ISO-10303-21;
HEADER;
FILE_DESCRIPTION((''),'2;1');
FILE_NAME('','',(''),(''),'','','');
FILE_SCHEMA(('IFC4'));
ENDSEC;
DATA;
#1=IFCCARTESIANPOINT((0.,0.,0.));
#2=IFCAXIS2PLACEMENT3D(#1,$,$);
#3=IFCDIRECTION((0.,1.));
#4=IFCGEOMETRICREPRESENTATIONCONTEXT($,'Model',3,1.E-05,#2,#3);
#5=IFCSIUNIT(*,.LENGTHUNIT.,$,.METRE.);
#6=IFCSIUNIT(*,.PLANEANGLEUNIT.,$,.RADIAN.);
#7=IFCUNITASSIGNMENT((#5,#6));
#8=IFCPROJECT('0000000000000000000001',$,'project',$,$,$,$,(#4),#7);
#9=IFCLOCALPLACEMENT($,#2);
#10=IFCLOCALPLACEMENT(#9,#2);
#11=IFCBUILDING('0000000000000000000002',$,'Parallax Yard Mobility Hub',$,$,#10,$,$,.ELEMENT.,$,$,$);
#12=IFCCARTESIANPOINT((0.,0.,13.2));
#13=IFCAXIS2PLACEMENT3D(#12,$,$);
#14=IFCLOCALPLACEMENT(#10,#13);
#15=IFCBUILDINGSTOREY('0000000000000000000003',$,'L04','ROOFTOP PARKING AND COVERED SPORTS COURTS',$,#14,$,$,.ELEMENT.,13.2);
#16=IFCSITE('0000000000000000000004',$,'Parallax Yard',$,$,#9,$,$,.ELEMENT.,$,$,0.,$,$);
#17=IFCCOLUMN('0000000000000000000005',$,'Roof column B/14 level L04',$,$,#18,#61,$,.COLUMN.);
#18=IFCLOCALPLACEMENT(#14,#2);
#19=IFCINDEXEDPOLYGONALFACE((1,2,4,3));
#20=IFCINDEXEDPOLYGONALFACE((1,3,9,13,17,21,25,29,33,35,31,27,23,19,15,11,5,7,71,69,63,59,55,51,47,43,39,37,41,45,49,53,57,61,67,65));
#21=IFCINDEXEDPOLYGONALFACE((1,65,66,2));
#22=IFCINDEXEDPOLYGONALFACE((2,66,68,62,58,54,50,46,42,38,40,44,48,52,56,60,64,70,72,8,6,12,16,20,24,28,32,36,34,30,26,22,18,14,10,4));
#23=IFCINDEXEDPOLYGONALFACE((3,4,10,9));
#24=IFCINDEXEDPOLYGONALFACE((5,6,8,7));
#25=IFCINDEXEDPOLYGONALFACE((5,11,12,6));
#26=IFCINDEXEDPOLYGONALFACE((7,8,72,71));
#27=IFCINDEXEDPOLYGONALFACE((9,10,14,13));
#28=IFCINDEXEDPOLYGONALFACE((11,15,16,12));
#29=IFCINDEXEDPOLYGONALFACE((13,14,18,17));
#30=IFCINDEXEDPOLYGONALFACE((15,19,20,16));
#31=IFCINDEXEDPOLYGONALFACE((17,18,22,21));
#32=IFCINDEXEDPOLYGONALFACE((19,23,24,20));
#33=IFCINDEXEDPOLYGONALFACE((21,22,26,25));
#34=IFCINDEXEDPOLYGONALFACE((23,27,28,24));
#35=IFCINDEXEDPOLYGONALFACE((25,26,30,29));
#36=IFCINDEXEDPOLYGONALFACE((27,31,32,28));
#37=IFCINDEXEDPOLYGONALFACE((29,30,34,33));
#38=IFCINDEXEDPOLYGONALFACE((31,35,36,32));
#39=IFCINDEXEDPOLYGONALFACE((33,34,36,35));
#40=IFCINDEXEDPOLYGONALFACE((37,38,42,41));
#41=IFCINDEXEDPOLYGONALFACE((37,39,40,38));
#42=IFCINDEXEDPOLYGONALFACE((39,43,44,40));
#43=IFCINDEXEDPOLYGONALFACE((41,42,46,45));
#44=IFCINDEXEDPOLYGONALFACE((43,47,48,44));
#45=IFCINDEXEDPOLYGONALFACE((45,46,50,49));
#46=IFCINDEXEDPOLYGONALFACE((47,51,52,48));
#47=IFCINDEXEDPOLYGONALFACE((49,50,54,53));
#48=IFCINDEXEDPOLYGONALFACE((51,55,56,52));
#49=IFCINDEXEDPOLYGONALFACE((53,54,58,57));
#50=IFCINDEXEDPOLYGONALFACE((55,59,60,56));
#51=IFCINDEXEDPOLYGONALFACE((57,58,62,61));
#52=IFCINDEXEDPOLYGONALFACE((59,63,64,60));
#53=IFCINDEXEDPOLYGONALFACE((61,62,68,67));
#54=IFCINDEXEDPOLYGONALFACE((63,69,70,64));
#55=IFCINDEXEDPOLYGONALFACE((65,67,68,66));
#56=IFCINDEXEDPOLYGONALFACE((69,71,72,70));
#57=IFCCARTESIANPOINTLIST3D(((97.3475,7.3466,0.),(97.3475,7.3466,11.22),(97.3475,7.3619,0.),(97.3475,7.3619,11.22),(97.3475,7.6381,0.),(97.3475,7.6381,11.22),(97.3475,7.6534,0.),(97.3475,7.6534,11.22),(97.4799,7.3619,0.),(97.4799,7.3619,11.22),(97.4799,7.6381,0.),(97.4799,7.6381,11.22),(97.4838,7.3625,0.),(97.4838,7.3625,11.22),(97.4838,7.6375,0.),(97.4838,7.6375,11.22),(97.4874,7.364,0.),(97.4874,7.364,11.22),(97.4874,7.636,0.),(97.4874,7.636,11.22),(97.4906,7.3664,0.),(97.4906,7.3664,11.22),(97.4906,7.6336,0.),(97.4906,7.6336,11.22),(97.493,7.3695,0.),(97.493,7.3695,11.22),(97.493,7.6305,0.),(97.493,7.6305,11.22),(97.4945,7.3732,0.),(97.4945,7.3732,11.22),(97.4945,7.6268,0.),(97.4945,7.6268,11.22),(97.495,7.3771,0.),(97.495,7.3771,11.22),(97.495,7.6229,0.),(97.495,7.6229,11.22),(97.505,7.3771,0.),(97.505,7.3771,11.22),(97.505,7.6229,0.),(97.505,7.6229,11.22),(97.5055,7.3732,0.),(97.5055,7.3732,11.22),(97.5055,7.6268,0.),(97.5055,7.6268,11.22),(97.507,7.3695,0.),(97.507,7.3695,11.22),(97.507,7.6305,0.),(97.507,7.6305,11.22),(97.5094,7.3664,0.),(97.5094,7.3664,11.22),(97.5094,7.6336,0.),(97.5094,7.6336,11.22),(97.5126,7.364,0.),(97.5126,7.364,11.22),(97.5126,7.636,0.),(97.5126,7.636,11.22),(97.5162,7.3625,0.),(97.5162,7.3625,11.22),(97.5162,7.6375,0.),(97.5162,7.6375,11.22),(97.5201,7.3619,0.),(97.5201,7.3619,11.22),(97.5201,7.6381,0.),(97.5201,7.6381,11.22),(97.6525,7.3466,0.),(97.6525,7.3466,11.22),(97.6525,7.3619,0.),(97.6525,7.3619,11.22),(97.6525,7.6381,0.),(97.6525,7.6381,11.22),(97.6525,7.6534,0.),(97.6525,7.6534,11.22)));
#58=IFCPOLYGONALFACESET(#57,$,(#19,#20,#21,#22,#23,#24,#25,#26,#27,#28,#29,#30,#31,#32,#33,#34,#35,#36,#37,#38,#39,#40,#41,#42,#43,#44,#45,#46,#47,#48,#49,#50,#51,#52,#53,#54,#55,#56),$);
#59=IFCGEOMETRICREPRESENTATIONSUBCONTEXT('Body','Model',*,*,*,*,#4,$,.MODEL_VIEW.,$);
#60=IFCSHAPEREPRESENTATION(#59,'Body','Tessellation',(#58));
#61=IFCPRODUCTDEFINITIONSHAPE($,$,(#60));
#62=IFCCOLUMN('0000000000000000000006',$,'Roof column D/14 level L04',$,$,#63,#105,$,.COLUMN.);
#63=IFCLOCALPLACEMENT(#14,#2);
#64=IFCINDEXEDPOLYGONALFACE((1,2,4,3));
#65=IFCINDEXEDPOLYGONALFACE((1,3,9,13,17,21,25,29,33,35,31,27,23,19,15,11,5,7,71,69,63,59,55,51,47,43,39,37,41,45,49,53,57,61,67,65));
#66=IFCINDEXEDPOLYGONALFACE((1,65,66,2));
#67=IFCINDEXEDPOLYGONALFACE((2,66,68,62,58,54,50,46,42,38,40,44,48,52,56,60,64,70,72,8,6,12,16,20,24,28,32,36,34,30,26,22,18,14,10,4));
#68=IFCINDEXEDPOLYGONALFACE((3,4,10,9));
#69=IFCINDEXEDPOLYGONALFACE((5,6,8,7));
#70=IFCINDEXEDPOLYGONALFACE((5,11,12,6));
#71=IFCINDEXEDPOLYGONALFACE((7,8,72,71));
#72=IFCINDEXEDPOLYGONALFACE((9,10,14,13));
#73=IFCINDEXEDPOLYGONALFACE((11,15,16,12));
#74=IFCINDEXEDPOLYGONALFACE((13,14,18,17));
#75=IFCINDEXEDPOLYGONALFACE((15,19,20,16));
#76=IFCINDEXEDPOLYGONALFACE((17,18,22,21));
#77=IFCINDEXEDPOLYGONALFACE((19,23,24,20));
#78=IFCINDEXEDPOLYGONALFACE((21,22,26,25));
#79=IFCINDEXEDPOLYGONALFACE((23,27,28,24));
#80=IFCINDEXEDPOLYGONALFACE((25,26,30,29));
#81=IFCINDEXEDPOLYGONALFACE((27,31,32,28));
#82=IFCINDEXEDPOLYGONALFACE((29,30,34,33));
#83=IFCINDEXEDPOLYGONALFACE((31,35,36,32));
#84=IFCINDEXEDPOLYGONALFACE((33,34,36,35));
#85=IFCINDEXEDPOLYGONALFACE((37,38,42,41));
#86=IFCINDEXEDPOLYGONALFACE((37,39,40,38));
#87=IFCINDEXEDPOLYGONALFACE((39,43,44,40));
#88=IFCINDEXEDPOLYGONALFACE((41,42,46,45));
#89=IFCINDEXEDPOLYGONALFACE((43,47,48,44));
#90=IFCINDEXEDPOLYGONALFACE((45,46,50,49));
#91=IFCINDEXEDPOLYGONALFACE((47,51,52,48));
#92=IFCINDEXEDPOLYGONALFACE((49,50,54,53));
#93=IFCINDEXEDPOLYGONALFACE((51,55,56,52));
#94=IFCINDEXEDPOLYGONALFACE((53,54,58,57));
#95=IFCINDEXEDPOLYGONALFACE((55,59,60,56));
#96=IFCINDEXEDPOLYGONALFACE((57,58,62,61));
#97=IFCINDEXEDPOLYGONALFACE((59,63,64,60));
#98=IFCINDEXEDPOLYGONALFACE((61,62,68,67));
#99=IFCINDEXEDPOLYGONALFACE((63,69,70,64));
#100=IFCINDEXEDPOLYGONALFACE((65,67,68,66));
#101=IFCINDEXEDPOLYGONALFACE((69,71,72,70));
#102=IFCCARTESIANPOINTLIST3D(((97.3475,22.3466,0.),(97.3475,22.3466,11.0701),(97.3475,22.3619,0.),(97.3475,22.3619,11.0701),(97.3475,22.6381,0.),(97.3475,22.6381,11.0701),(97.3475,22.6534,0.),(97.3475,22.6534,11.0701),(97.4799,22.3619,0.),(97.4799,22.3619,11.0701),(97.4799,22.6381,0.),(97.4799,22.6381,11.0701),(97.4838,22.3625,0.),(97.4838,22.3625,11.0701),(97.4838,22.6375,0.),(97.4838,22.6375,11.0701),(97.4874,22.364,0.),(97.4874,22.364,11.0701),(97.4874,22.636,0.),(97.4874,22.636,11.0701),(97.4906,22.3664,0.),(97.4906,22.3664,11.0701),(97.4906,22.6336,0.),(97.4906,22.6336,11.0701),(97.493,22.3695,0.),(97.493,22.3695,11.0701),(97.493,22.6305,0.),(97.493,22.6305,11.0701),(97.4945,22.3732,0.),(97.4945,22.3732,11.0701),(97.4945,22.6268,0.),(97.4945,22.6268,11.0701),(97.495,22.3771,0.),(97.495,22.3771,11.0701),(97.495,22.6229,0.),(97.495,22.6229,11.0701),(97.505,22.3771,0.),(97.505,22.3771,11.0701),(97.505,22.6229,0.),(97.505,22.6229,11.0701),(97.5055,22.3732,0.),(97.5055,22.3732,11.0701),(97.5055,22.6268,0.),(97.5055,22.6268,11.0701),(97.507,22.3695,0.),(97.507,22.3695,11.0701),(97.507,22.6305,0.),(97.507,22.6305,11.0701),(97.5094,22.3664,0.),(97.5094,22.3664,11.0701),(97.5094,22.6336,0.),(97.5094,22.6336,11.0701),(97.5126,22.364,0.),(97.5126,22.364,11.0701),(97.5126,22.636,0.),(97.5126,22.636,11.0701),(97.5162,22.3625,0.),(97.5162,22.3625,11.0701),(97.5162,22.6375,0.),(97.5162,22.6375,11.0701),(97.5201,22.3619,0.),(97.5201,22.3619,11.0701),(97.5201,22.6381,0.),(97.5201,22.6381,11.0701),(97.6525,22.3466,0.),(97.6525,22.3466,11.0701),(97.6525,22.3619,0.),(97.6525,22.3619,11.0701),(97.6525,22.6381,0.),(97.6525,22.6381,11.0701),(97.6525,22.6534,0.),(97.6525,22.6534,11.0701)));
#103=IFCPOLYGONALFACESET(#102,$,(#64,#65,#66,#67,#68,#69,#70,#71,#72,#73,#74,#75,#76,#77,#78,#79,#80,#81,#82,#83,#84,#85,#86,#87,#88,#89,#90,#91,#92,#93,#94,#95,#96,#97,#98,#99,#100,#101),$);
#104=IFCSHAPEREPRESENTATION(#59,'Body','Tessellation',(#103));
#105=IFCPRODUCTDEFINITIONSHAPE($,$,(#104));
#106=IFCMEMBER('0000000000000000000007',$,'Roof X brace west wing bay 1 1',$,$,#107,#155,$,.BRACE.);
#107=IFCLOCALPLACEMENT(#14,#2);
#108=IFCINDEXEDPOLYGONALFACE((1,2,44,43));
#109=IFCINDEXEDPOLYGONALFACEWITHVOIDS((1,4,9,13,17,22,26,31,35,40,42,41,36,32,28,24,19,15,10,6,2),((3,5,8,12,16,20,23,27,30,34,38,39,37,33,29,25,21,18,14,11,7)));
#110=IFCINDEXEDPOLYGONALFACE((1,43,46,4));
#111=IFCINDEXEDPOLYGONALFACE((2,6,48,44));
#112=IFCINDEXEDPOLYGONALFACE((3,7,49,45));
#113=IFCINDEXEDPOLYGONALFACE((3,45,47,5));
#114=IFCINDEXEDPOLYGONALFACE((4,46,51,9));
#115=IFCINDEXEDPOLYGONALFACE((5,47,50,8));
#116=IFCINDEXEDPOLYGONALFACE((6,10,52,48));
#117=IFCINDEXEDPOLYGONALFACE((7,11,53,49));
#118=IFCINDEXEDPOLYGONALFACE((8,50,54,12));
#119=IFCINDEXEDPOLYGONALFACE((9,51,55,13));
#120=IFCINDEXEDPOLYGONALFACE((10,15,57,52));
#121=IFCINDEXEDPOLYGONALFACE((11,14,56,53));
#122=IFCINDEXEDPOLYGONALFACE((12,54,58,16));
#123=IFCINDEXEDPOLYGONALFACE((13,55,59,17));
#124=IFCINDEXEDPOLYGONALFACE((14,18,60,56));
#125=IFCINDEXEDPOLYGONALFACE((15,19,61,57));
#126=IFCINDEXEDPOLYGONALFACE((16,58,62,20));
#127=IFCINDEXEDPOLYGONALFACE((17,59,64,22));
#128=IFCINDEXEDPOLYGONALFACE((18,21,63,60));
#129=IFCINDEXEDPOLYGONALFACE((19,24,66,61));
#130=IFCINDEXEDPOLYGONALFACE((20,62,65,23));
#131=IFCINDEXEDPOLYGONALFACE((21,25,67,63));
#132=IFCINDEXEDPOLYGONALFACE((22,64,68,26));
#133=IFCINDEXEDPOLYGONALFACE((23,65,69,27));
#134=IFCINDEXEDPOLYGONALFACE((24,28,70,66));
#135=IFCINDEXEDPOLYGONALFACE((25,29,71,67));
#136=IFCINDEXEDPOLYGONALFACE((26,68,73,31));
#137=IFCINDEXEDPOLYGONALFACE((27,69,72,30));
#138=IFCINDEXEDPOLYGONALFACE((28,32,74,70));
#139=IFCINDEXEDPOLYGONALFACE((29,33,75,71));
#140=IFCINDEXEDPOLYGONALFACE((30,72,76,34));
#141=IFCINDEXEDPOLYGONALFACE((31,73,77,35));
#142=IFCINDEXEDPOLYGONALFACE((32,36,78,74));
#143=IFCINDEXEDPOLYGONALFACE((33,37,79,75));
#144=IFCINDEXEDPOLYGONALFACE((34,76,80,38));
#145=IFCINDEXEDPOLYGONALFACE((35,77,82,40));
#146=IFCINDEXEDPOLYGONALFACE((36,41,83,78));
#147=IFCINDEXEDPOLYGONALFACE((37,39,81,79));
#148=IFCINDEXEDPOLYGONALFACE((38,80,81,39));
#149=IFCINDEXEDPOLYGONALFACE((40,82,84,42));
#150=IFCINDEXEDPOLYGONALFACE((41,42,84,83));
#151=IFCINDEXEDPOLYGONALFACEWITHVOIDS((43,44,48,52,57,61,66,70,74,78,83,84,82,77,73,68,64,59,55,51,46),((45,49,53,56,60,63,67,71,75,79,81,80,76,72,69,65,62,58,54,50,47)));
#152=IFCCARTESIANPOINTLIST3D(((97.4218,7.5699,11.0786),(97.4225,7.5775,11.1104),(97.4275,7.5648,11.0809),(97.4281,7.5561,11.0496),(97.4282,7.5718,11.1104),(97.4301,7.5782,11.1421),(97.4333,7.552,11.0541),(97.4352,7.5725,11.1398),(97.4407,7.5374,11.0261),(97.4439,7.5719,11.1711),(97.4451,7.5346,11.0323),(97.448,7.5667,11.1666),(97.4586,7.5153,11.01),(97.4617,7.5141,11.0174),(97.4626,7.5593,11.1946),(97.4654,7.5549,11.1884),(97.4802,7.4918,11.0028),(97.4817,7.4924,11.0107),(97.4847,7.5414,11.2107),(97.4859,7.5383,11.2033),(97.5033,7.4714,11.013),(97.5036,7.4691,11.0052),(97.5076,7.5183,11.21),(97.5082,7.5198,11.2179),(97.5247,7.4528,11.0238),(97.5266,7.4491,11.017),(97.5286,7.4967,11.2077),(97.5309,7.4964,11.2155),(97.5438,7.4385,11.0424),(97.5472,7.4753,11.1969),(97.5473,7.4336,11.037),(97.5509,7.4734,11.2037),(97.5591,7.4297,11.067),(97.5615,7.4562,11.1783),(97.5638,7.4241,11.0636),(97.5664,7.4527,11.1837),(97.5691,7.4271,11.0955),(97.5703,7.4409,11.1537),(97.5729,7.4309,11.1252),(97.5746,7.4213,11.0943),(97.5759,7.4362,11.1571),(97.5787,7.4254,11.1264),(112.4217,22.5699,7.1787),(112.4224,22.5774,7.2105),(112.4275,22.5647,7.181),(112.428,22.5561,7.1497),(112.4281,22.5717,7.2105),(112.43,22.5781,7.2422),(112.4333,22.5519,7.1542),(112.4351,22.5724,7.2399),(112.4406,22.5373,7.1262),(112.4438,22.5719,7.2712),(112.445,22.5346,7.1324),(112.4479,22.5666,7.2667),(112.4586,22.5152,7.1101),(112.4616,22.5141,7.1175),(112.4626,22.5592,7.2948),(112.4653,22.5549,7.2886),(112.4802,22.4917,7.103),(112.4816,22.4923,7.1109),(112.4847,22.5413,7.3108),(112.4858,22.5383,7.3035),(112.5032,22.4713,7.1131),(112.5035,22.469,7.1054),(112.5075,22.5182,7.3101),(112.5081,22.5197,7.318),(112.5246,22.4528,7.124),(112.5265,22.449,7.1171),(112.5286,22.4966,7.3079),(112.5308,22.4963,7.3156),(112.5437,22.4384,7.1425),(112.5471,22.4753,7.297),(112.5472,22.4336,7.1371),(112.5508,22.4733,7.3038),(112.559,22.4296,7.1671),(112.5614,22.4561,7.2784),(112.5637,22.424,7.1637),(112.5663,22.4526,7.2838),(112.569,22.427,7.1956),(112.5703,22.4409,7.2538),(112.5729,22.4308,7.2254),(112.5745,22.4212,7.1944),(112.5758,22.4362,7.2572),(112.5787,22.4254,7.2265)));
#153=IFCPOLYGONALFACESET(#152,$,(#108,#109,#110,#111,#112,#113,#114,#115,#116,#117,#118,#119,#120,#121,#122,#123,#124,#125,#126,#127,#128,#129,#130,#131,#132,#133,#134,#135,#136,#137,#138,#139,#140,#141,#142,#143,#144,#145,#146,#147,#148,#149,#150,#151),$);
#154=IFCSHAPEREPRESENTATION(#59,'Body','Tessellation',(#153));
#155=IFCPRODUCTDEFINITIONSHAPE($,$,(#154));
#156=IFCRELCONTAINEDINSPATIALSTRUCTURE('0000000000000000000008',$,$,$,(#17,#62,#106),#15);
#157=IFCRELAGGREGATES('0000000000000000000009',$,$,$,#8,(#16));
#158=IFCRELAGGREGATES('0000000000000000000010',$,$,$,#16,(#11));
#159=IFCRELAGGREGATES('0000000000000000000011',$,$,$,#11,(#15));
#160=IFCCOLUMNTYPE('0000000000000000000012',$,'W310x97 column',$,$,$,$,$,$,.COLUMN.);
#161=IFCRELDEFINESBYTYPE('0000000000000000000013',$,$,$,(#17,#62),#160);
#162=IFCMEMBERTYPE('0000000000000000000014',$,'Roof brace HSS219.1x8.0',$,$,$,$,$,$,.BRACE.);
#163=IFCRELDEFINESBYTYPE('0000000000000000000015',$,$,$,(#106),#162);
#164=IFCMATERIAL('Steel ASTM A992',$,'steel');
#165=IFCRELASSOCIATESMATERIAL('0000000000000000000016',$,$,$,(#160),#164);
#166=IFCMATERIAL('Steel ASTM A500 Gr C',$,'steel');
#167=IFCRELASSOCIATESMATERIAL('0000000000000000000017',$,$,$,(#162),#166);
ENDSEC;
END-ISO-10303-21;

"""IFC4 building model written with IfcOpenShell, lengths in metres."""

from ifc_helpers import new_model, si_unit, direction, frame, origin, origin_2d, place, context, subcontext, project, spatial, hollow_circle, i_section, extrude, material, material_profile, profile_set, type_object, element, save


model = new_model("IFC4")

# Units and contexts
model_context = context("Model", 3, precision=1e-05, world=origin(), true_north=direction((0.0, 1.0)))
body_context = subcontext(model_context, "Body", "Model", "MODEL_VIEW")
ifc_project = project(units=[si_unit("LENGTHUNIT", "METRE"), si_unit("PLANEANGLEUNIT", "RADIAN")], contexts=[model_context])

# Site, building, storey
site_placement = place(None, origin())
site = spatial("IfcSite", under=ifc_project, at=site_placement, Name="Parallax Yard", CompositionType="ELEMENT", RefElevation=0.0)
building_placement = place(site_placement, origin())
building = spatial("IfcBuilding", under=site, at=building_placement, Name="Parallax Yard Mobility Hub", CompositionType="ELEMENT")
storey_placement = place(building_placement, frame((0.0, 0.0, 13.2)))
storey = spatial("IfcBuildingStorey", under=building, at=storey_placement, Name="L04", Description="ROOFTOP PARKING AND COVERED SPORTS COURTS", CompositionType="ELEMENT", Elevation=13.2)

# Columns
ifc_material_1 = material(Name="Steel ASTM A992", Category="steel")
ifc_material_profile_1 = material_profile(ifc_material_1, i_section(OverallWidth=0.3049, OverallDepth=0.3069, WebThickness=0.01, FlangeThickness=0.0154, FilletRadius=0.0151, at=origin_2d()), Name="W310x97")
ifc_profile_set_1 = profile_set([ifc_material_profile_1], Name="Steel ASTM A992")
column_type = type_object("IfcColumnType", Name="W310x97 column", PredefinedType="COLUMN", material=ifc_profile_set_1)
column_1_placement = place(storey_placement, frame((97.5, 7.5, 0.0), z_axis=(0.0, 0.0, 1.0), x_axis=(1.0, 0.0, 0.0)))
element("IfcColumn", 1, at=column_1_placement, inside=storey, type_object=column_type, Name="Roof column B/14 level L04", PredefinedType="COLUMN", context=body_context, shape_type="SweptSolid", body=[
    extrude(i_section(OverallWidth=0.3049, OverallDepth=0.3069, WebThickness=0.01, FlangeThickness=0.0154, FilletRadius=0.0151, at=origin_2d()), origin(), (0.0, 0.0, 1.0), 11.22),
])
column_2_placement = place(storey_placement, frame((97.5, 22.5, 0.0), z_axis=(0.0, 0.0, 1.0), x_axis=(1.0, 0.0, 0.0)))
element("IfcColumn", 2, at=column_2_placement, inside=storey, type_object=column_type, Name="Roof column D/14 level L04", PredefinedType="COLUMN", context=body_context, shape_type="SweptSolid", body=[
    extrude(i_section(OverallWidth=0.3049, OverallDepth=0.3069, WebThickness=0.01, FlangeThickness=0.0154, FilletRadius=0.0151, at=origin_2d()), origin(), (0.0, 0.0, 1.0), 11.0701),
])

# Member
ifc_material_2 = material(Name="Steel ASTM A500 Gr C", Category="steel")
ifc_material_profile_2 = material_profile(ifc_material_2, hollow_circle(Radius=0.1096, WallThickness=0.0081, at=origin_2d()), Name="HSS219.1x8.0")
ifc_profile_set_2 = profile_set([ifc_material_profile_2], Name="Steel ASTM A500 Gr C")
member_type_1 = type_object("IfcMemberType", Name="Roof brace HSS219.1x8.0", PredefinedType="BRACE", material=ifc_profile_set_2)
member_1_placement = place(storey_placement, frame((97.5, 7.5, 11.1104), z_axis=(0.695452, 0.695452, -0.180813), x_axis=(-0.707107, 0.707107, 0.0)))
element("IfcMember", 3, at=member_1_placement, inside=storey, type_object=member_type_1, Name="Roof X brace west wing bay 1 1", PredefinedType="BRACE", context=body_context, shape_type="SweptSolid", body=[
    extrude(hollow_circle(Radius=0.1096, WallThickness=0.0081, at=origin_2d()), origin(), (0.0, 0.0, 1.0), 21.5686),
])

save(model, "model.ifc")
